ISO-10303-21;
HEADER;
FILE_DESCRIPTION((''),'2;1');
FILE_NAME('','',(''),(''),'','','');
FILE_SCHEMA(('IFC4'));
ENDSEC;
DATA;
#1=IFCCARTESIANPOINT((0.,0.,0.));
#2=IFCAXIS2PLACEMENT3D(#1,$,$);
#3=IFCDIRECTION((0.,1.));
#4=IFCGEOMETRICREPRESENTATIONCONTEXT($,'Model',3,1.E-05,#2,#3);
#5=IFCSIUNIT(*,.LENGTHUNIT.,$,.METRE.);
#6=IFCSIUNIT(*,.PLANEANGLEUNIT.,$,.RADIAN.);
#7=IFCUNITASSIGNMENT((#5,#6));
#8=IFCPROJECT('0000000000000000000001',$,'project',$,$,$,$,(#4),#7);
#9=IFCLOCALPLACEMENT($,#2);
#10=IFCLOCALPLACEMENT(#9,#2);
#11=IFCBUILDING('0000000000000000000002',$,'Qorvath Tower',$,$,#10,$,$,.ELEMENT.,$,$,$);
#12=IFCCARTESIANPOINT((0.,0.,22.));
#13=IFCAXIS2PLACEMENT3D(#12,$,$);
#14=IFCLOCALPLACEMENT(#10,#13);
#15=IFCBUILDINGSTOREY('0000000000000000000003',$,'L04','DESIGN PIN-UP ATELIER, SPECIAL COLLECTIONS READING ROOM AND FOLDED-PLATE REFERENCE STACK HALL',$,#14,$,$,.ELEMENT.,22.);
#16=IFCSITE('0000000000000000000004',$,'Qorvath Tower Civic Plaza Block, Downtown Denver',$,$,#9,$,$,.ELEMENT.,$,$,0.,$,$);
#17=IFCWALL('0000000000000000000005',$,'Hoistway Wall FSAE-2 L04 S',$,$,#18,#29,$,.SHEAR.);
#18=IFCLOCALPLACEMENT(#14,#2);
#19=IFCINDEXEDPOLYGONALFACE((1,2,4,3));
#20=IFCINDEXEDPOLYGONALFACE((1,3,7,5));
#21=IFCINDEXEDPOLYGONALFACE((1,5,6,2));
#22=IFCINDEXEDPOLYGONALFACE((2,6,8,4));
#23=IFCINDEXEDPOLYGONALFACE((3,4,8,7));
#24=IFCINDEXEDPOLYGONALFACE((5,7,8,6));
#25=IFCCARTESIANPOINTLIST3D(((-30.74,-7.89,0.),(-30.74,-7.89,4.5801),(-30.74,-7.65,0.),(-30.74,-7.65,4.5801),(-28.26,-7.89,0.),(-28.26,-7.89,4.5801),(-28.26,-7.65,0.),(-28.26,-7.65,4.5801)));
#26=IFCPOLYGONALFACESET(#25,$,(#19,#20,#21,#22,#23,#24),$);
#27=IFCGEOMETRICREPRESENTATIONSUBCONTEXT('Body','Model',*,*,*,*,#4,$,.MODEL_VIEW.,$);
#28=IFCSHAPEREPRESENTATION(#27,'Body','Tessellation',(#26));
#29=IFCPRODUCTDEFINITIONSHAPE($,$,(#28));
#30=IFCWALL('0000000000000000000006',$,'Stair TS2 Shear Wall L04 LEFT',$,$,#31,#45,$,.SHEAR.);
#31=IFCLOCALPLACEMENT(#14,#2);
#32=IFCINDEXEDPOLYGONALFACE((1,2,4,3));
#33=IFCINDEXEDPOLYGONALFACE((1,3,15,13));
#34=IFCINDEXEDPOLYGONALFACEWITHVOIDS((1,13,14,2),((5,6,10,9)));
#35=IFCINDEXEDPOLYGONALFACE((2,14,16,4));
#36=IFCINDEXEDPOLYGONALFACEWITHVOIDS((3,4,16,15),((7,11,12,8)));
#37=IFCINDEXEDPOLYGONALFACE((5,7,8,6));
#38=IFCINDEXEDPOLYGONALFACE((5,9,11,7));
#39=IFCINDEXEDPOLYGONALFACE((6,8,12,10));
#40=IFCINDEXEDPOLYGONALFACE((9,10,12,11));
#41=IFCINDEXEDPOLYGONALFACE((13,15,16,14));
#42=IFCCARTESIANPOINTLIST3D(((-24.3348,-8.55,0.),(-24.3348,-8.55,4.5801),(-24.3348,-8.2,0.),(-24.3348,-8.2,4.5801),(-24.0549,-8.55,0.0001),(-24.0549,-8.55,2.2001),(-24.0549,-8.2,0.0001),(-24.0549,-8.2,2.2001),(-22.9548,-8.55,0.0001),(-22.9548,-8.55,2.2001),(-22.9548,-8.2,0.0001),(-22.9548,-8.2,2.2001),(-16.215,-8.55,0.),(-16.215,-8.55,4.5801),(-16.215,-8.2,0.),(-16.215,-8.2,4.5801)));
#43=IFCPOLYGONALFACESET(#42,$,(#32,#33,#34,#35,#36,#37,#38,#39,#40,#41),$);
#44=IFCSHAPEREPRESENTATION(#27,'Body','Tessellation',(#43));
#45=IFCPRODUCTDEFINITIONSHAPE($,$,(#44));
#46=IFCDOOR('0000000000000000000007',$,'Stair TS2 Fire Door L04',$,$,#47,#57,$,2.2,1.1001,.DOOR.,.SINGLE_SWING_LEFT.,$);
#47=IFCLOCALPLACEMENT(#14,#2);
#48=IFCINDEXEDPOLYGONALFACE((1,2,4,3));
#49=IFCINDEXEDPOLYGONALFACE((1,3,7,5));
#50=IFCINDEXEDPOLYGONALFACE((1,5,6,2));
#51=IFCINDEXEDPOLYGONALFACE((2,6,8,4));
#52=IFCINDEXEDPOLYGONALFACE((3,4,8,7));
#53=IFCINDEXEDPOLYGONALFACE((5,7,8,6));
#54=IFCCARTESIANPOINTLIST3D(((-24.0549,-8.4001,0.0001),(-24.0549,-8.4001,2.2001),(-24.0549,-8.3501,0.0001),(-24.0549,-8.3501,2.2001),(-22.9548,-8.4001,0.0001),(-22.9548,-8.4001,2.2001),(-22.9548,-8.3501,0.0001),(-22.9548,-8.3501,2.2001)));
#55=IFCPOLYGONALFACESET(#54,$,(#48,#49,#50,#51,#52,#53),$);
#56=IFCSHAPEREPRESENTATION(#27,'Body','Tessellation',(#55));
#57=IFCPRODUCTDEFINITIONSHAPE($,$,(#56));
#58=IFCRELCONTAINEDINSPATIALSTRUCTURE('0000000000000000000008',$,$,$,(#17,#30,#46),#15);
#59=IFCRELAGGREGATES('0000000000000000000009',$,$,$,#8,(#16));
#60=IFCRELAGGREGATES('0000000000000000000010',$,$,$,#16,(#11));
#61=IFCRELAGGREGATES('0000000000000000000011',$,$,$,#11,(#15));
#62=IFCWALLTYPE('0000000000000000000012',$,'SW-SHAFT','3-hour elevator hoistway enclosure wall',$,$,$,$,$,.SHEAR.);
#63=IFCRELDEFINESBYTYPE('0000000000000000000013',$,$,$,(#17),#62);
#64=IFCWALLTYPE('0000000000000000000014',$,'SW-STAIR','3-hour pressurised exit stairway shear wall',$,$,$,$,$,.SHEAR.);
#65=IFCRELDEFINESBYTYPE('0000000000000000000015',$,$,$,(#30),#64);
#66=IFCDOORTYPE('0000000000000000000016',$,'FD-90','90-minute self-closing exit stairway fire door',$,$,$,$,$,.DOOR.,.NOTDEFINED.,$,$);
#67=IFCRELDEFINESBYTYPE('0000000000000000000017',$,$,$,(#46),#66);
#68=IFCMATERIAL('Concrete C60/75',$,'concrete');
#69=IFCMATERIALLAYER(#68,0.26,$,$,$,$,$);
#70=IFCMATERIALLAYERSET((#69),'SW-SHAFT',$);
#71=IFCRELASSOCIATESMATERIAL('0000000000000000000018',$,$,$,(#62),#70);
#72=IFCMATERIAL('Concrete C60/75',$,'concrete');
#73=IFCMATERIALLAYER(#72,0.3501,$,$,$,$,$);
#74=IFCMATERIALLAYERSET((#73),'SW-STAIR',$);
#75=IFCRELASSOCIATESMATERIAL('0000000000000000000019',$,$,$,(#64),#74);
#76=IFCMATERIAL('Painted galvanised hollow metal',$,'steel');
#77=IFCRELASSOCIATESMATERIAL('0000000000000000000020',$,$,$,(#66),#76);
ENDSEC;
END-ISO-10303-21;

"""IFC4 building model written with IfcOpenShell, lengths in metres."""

from ifc_helpers import new_model, si_unit, direction, frame, frame_2d, origin, place, context, subcontext, project, spatial, rectangle, extrude, material, layer, layer_set, type_object, element, fill, save


model = new_model("IFC4")

# Units and contexts
model_context = context("Model", 3, precision=1e-05, world=origin(), true_north=direction((0.0, 1.0)))
body_context = subcontext(model_context, "Body", "Model", "MODEL_VIEW")
ifc_project = project(units=[si_unit("LENGTHUNIT", "METRE"), si_unit("PLANEANGLEUNIT", "RADIAN")], contexts=[model_context])

# Site, building, storey
site_placement = place(None, origin())
site = spatial("IfcSite", under=ifc_project, at=site_placement, Name="Qorvath Tower Civic Plaza Block, Downtown Denver", CompositionType="ELEMENT", RefElevation=0.0)
building_placement = place(site_placement, origin())
building = spatial("IfcBuilding", under=site, at=building_placement, Name="Qorvath Tower", CompositionType="ELEMENT")
storey_placement = place(building_placement, frame((0.0, 0.0, 22.0)))
storey = spatial("IfcBuildingStorey", under=building, at=storey_placement, Name="L04", Description="DESIGN PIN-UP ATELIER, SPECIAL COLLECTIONS READING ROOM AND FOLDED-PLATE REFERENCE STACK HALL", CompositionType="ELEMENT", Elevation=22.0)

# Wall
ifc_material_1 = material(Name="Concrete C60/75", Category="concrete")
ifc_layer_1 = layer(ifc_material_1, 0.26)
ifc_layer_set_1 = layer_set([ifc_layer_1], Name="SW-SHAFT")
wall_type_1 = type_object("IfcWallType", Name="SW-SHAFT", Description="3-hour elevator hoistway enclosure wall", PredefinedType="SHEAR", material=ifc_layer_set_1)
wall_1_placement = place(storey_placement, frame((-28.26, -7.77, 0.0), z_axis=(0.0, 0.0, 1.0), x_axis=(-1.0, 0.0, 0.0)))
element("IfcWall", 1, at=wall_1_placement, inside=storey, type_object=wall_type_1, Name="Hoistway Wall FSAE-2 L04 S", PredefinedType="SHEAR", context=body_context, shape_type="SweptSolid", body=[
    extrude(rectangle(XDim=2.48, YDim=0.24, at=frame_2d((1.24, 0.0))), origin(), (0.0, 0.0, 1.0), 4.5801),
])

# Wall, opening, door
ifc_material_2 = material(Name="Concrete C60/75", Category="concrete")
ifc_layer_2 = layer(ifc_material_2, 0.3501)
ifc_layer_set_2 = layer_set([ifc_layer_2], Name="SW-STAIR")
wall_type_2 = type_object("IfcWallType", Name="SW-STAIR", Description="3-hour pressurised exit stairway shear wall", PredefinedType="SHEAR", material=ifc_layer_set_2)
wall_2_placement = place(storey_placement, frame((-24.335, -8.375, 0.0), z_axis=(0.0, 0.0, 1.0), x_axis=(1.0, 0.0, 0.0)))
wall_2 = element("IfcWall", 2, at=wall_2_placement, inside=storey, type_object=wall_type_2, Name="Stair TS2 Shear Wall L04 LEFT", PredefinedType="SHEAR", context=body_context, shape_type="SweptSolid", body=[
    extrude(rectangle(XDim=8.1199, YDim=0.3501, at=frame_2d((4.0601, 0.0))), origin(), (0.0, 0.0, 1.0), 4.5801),
])
opening_1_placement = place(wall_2_placement, frame((0.28, 0.0, 0.0)))
opening_1 = element("IfcOpeningElement", 3, at=opening_1_placement, cuts=wall_2, PredefinedType="OPENING", context=body_context, shape_type="SweptSolid", body=[
    extrude(rectangle(XDim=1.1001, YDim=2.2, at=frame_2d((0.55, 1.1001))), frame((0.0, 0.1851, 0.0), z_axis=(0.0, -1.0, 0.0), x_axis=(1.0, 0.0, 0.0)), (0.0, 0.0, 1.0), 0.3701),
])
ifc_material_3 = material(Name="Painted galvanised hollow metal", Category="steel")
door_type_1 = type_object("IfcDoorType", Name="FD-90", Description="90-minute self-closing exit stairway fire door", OperationType="NOTDEFINED", PredefinedType="DOOR", material=ifc_material_3)
door_1_placement = place(opening_1_placement, origin())
door_1 = element("IfcDoor", 4, at=door_1_placement, inside=storey, type_object=door_type_1, Name="Stair TS2 Fire Door L04", OperationType="SINGLE_SWING_LEFT", OverallHeight=2.2, OverallWidth=1.1001, PredefinedType="DOOR", context=body_context, shape_type="SweptSolid", body=[
    extrude(rectangle(XDim=1.1001, YDim=2.2, at=frame_2d((0.55, 1.1001))), frame((0.0, 0.0249, 0.0), z_axis=(0.0, -1.0, 0.0), x_axis=(1.0, 0.0, 0.0)), (0.0, 0.0, 1.0), 0.05),
])
fill(opening_1, door_1)

save(model, "model.ifc")
